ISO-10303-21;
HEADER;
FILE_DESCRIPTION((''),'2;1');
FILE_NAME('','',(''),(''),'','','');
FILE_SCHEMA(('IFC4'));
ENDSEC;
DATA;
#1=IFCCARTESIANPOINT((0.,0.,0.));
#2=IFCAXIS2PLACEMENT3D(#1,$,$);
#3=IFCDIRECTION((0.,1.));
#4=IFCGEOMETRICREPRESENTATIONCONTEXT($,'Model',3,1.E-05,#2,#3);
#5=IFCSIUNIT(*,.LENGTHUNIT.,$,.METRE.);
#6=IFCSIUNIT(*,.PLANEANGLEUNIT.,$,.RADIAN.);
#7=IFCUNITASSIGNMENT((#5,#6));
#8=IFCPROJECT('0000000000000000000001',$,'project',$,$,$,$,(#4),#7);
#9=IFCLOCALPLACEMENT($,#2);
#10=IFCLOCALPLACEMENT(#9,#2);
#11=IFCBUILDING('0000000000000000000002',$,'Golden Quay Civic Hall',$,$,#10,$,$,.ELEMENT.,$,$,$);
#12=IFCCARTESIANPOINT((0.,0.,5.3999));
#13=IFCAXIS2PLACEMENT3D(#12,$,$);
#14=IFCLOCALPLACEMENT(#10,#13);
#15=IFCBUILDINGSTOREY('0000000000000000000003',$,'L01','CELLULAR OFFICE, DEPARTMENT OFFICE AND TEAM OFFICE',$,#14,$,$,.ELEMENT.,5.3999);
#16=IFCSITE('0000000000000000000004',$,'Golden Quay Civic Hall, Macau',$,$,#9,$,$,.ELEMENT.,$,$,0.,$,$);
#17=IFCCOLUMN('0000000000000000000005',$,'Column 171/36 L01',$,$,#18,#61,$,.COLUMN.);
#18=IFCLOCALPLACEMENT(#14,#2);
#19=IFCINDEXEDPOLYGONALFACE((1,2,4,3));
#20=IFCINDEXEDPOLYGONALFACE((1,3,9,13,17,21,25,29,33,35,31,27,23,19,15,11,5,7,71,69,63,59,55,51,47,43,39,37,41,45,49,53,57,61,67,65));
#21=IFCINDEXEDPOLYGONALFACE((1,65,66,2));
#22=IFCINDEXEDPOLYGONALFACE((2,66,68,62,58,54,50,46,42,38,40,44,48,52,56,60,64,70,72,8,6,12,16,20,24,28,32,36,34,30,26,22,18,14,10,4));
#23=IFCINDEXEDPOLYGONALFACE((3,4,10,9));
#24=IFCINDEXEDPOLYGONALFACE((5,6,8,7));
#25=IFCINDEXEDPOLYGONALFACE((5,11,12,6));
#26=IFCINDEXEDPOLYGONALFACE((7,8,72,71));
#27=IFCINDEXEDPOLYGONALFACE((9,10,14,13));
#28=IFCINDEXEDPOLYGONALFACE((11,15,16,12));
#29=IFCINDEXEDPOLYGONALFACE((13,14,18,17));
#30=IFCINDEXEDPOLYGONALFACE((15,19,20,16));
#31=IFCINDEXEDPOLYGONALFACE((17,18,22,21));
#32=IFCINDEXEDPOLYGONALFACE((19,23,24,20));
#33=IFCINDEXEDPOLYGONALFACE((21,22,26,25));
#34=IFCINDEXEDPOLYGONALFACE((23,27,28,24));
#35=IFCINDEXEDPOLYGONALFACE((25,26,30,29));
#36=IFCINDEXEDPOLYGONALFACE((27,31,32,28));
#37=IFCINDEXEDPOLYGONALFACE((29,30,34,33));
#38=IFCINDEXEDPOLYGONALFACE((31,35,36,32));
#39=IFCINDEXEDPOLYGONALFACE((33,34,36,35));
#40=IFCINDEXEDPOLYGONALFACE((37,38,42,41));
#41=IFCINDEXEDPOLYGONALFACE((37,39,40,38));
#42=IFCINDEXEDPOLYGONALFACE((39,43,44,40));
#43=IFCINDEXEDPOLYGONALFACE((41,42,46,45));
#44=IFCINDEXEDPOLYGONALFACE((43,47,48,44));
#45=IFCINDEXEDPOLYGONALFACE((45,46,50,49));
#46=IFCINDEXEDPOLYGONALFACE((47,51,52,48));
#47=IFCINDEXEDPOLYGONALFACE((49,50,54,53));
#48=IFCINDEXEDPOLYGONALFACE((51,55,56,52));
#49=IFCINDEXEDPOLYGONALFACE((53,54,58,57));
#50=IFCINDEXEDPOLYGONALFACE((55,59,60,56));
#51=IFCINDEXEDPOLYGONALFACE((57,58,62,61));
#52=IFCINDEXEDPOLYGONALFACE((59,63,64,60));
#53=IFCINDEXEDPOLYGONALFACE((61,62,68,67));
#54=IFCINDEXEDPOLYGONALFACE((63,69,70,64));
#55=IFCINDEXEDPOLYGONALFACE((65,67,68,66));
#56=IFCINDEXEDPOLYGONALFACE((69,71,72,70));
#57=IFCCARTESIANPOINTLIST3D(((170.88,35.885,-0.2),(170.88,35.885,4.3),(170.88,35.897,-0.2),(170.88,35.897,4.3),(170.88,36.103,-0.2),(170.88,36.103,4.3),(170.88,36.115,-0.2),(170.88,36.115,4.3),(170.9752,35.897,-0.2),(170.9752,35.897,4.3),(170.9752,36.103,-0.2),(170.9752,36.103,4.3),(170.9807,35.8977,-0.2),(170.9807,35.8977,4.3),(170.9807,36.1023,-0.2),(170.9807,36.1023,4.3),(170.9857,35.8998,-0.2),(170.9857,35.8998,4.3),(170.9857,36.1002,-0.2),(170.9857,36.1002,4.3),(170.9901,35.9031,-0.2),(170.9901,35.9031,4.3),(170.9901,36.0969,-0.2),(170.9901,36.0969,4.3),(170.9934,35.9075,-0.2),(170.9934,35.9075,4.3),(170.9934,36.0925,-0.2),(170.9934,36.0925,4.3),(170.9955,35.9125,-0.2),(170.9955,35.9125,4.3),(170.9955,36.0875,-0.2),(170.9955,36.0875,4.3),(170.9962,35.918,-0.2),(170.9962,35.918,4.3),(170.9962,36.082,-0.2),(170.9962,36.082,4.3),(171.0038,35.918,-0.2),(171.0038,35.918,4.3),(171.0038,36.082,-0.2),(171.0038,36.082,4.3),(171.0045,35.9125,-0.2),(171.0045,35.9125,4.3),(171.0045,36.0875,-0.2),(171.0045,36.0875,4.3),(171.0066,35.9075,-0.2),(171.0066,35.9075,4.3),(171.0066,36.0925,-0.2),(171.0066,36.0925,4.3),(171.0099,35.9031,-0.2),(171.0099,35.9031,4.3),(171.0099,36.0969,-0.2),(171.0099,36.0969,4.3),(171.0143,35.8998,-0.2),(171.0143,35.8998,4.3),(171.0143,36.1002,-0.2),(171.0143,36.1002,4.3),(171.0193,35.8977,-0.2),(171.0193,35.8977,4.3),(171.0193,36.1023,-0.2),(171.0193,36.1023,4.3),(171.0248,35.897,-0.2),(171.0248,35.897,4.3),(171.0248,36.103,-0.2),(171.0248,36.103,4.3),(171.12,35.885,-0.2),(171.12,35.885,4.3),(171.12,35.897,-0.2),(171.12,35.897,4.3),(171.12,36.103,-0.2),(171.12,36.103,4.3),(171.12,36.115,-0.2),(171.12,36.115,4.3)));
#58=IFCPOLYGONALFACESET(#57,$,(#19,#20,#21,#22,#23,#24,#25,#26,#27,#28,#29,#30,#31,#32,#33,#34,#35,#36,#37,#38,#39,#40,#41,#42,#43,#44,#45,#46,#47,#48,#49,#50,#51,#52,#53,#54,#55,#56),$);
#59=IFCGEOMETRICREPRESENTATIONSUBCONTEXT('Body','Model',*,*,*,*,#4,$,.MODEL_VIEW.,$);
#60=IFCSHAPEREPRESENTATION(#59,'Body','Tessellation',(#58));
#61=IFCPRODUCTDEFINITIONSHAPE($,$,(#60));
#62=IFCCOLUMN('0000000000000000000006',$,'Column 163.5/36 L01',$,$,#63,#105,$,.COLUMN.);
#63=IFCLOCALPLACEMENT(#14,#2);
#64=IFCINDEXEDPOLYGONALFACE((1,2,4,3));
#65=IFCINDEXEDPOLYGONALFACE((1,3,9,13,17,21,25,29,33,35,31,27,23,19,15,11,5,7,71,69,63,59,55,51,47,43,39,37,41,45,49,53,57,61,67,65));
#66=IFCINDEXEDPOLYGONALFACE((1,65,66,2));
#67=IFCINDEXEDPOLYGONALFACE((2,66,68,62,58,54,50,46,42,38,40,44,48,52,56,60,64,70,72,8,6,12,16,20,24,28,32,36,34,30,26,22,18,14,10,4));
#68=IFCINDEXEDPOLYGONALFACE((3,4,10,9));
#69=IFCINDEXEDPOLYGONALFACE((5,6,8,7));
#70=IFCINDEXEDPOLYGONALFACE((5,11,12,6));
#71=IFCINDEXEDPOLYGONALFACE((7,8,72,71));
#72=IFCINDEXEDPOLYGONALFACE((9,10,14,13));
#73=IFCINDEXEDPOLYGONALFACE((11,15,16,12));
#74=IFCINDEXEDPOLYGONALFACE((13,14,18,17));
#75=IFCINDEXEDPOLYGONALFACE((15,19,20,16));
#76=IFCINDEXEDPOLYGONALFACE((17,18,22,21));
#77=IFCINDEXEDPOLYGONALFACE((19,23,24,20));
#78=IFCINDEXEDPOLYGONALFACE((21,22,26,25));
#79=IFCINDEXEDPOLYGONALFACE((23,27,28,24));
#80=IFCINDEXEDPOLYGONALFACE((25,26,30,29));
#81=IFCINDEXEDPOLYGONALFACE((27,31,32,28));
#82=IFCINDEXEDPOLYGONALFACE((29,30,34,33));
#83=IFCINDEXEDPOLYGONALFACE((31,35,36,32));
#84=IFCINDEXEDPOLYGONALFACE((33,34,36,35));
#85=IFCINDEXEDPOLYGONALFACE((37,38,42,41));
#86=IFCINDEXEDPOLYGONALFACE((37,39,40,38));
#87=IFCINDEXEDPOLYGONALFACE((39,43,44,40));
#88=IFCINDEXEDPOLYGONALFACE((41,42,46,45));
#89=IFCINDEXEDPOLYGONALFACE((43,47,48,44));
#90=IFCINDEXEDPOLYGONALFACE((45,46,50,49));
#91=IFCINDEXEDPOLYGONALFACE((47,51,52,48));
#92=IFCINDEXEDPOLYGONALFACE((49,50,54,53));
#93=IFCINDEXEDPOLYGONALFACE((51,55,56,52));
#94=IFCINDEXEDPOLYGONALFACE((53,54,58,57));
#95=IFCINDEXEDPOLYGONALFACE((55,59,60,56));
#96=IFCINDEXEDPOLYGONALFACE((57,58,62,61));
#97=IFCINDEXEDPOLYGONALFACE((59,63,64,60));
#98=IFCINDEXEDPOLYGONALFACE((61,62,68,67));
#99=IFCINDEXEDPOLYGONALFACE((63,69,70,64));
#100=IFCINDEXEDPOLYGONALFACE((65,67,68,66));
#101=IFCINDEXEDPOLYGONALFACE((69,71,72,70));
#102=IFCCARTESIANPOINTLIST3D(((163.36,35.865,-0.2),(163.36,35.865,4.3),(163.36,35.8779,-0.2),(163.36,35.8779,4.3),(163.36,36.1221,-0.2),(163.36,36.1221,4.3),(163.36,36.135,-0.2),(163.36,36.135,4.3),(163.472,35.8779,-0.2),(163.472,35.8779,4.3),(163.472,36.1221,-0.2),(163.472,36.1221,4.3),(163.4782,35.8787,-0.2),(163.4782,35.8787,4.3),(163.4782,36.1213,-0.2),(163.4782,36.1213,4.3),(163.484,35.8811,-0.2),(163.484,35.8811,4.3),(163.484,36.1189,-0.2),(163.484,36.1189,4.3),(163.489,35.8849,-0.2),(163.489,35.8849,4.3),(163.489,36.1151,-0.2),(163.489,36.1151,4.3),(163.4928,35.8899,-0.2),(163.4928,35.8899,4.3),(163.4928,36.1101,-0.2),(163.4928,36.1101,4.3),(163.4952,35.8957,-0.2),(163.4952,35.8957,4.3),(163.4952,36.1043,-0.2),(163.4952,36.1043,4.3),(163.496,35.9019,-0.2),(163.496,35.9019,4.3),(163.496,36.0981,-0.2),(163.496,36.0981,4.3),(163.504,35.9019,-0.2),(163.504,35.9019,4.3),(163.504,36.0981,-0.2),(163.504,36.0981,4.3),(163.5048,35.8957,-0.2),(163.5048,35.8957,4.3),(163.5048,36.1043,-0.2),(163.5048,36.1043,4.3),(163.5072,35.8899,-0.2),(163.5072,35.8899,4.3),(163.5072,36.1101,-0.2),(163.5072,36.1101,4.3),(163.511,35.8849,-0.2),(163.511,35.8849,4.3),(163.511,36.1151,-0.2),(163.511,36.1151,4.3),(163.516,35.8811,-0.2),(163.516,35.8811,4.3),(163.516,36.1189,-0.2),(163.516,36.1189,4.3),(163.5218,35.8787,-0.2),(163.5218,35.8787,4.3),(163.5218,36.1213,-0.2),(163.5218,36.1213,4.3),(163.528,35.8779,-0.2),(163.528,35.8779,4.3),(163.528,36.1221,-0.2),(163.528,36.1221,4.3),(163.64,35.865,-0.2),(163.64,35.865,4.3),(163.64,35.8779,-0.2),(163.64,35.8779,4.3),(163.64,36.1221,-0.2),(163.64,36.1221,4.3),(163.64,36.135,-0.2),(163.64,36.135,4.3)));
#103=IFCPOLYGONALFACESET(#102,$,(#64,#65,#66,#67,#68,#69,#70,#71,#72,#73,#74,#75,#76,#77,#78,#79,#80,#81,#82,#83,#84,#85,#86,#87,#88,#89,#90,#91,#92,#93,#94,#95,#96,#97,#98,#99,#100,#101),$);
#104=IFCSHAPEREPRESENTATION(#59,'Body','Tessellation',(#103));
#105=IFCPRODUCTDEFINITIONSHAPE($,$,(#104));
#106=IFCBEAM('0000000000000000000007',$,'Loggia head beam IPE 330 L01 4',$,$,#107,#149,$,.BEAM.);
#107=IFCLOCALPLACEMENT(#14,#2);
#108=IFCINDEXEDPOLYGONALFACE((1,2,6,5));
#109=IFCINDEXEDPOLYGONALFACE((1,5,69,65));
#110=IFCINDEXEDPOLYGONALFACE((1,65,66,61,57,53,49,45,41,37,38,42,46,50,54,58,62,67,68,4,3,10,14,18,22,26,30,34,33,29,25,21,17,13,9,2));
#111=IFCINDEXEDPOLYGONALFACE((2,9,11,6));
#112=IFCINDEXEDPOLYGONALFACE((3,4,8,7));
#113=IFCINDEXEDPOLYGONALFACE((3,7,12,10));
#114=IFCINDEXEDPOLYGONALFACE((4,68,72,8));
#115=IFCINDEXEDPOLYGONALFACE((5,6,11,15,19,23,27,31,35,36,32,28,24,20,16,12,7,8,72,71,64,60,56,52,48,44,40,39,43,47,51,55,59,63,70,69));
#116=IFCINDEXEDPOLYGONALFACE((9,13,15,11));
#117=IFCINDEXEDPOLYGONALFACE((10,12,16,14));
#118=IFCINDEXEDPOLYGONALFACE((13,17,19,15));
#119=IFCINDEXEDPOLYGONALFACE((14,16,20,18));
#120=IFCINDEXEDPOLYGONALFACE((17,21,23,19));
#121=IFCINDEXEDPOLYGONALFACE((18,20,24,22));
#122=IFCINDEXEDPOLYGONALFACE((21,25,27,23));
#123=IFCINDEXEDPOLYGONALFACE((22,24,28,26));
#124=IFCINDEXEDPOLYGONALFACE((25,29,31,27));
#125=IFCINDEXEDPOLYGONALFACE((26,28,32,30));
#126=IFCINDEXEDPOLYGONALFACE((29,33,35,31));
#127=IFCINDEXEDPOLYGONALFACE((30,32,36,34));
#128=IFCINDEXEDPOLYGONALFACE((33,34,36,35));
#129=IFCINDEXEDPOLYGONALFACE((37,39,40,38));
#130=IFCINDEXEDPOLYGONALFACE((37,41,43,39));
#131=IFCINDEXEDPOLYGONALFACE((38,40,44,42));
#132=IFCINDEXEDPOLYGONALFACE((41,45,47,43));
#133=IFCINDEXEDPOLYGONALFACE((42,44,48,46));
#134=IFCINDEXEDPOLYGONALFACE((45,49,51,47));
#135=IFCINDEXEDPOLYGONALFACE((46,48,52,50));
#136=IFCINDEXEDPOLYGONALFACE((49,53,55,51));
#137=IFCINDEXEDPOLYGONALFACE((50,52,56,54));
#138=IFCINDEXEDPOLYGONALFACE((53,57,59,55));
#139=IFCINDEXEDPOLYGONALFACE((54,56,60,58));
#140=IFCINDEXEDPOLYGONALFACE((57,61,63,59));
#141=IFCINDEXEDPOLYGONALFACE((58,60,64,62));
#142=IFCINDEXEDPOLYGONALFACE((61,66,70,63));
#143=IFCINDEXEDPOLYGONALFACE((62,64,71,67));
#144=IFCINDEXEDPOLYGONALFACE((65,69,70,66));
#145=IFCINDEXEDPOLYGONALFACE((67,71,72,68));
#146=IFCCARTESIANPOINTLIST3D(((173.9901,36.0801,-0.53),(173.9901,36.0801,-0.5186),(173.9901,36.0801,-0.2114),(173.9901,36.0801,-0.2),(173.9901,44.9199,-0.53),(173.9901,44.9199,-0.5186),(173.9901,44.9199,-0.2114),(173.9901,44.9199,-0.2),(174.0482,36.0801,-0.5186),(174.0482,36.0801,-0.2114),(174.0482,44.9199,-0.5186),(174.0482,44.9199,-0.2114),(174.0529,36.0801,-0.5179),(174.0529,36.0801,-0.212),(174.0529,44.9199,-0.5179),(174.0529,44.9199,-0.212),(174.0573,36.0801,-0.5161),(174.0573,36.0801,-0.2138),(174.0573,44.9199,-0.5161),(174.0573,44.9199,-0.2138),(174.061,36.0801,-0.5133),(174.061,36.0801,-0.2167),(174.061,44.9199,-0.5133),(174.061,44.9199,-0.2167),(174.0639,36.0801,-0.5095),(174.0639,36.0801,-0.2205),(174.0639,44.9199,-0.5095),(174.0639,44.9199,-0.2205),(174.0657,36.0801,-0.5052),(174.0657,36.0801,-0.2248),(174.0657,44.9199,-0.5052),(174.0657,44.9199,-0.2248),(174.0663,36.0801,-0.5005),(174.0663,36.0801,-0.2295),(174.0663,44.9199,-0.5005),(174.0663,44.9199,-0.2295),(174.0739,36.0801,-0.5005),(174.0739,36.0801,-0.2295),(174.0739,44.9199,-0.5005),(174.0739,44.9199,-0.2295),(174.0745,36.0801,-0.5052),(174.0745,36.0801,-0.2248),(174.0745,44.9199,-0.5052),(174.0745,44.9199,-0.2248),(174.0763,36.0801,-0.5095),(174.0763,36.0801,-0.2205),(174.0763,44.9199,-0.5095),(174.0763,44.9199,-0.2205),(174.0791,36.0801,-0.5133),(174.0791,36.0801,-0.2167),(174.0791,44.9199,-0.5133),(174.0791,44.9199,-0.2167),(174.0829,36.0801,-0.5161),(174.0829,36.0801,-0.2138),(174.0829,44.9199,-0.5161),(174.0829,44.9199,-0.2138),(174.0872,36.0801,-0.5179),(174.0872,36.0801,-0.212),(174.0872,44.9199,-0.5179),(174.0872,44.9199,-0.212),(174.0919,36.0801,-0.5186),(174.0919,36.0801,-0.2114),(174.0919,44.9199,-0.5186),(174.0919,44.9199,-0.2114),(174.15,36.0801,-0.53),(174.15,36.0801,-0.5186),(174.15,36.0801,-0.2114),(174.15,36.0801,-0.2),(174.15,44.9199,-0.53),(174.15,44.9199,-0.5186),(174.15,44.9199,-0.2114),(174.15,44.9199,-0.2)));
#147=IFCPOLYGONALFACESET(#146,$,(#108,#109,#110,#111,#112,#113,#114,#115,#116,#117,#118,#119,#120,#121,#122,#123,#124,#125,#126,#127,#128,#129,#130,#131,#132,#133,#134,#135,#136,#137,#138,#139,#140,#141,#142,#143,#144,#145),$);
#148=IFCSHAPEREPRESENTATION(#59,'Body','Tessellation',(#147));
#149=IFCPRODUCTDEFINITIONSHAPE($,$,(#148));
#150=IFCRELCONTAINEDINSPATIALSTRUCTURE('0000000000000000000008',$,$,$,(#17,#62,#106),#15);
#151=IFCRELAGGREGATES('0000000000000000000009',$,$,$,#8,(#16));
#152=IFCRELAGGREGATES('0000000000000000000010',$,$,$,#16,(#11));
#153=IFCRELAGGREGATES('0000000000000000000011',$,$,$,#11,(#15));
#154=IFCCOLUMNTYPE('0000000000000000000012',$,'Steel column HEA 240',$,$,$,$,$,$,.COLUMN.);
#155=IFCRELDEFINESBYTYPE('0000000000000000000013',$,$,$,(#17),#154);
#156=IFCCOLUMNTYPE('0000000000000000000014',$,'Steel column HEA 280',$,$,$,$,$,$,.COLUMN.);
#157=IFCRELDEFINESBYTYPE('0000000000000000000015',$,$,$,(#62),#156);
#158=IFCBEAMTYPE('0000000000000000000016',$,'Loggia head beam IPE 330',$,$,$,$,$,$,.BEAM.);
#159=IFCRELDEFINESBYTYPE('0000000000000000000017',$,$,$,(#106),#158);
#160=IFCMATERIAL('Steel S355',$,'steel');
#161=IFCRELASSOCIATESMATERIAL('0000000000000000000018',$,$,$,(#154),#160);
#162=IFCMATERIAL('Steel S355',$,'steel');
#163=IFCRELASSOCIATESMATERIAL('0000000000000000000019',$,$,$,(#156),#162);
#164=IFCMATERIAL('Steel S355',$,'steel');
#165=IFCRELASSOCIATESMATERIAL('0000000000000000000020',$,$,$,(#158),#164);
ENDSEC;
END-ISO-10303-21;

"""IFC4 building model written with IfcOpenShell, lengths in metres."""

from ifc_helpers import new_model, si_unit, direction, frame, origin, origin_2d, place, context, subcontext, project, spatial, i_section, extrude, material, material_profile, profile_set, type_object, element, save


model = new_model("IFC4")

# Units and contexts
model_context = context("Model", 3, precision=1e-05, world=origin(), true_north=direction((0.0, 1.0)))
body_context = subcontext(model_context, "Body", "Model", "MODEL_VIEW")
ifc_project = project(units=[si_unit("LENGTHUNIT", "METRE"), si_unit("PLANEANGLEUNIT", "RADIAN")], contexts=[model_context])

# Site, building, storey
site_placement = place(None, origin())
site = spatial("IfcSite", under=ifc_project, at=site_placement, Name="Golden Quay Civic Hall, Macau", CompositionType="ELEMENT", RefElevation=0.0)
building_placement = place(site_placement, origin())
building = spatial("IfcBuilding", under=site, at=building_placement, Name="Golden Quay Civic Hall", CompositionType="ELEMENT")
storey_placement = place(building_placement, frame((0.0, 0.0, 5.3999)))
storey = spatial("IfcBuildingStorey", under=building, at=storey_placement, Name="L01", Description="CELLULAR OFFICE, DEPARTMENT OFFICE AND TEAM OFFICE", CompositionType="ELEMENT", Elevation=5.3999)

# Columns
ifc_material_1 = material(Name="Steel S355", Category="steel")
ifc_material_profile_1 = material_profile(ifc_material_1, i_section(OverallWidth=0.24, OverallDepth=0.23, WebThickness=0.0076, FlangeThickness=0.012, FilletRadius=0.021, at=origin_2d()), Name="HEA 240")
ifc_profile_set_1 = profile_set([ifc_material_profile_1], Name="Steel S355")
column_type_1 = type_object("IfcColumnType", Name="Steel column HEA 240", PredefinedType="COLUMN", material=ifc_profile_set_1)
column_1_placement = place(storey_placement, frame((171.0, 36.0, -0.2), z_axis=(0.0, 0.0, 1.0), x_axis=(1.0, 0.0, 0.0)))
element("IfcColumn", 1, at=column_1_placement, inside=storey, type_object=column_type_1, Name="Column 171/36 L01", PredefinedType="COLUMN", context=body_context, shape_type="SweptSolid", body=[
    extrude(i_section(OverallWidth=0.24, OverallDepth=0.23, WebThickness=0.0076, FlangeThickness=0.012, FilletRadius=0.021, at=origin_2d()), origin(), (0.0, 0.0, 1.0), 4.5),
])
ifc_material_2 = material(Name="Steel S355", Category="steel")
ifc_material_profile_2 = material_profile(ifc_material_2, i_section(OverallWidth=0.28, OverallDepth=0.27, WebThickness=0.0081, FlangeThickness=0.0129, FilletRadius=0.0239, at=origin_2d()), Name="HEA 280")
ifc_profile_set_2 = profile_set([ifc_material_profile_2], Name="Steel S355")
column_type_2 = type_object("IfcColumnType", Name="Steel column HEA 280", PredefinedType="COLUMN", material=ifc_profile_set_2)
column_2_placement = place(storey_placement, frame((163.5, 36.0, -0.2), z_axis=(0.0, 0.0, 1.0), x_axis=(1.0, 0.0, 0.0)))
element("IfcColumn", 2, at=column_2_placement, inside=storey, type_object=column_type_2, Name="Column 163.5/36 L01", PredefinedType="COLUMN", context=body_context, shape_type="SweptSolid", body=[
    extrude(i_section(OverallWidth=0.28, OverallDepth=0.27, WebThickness=0.0081, FlangeThickness=0.0129, FilletRadius=0.0239, at=origin_2d()), origin(), (0.0, 0.0, 1.0), 4.5),
])

# Beam
ifc_material_3 = material(Name="Steel S355", Category="steel")
ifc_material_profile_3 = material_profile(ifc_material_3, i_section(OverallWidth=0.1599, OverallDepth=0.3301, WebThickness=0.0076, FlangeThickness=0.0115, FilletRadius=0.0181, at=origin_2d()), Name="IPE 330")
ifc_profile_set_3 = profile_set([ifc_material_profile_3], Name="Steel S355")
beam_type_1 = type_object("IfcBeamType", Name="Loggia head beam IPE 330", PredefinedType="BEAM", material=ifc_profile_set_3)
beam_1_placement = place(storey_placement, frame((174.0701, 36.0801, -0.365), z_axis=(0.0, 1.0, 0.0), x_axis=(-1.0, 0.0, 0.0)))
element("IfcBeam", 3, at=beam_1_placement, inside=storey, type_object=beam_type_1, Name="Loggia head beam IPE 330 L01 4", PredefinedType="BEAM", context=body_context, shape_type="SweptSolid", body=[
    extrude(i_section(OverallWidth=0.1599, OverallDepth=0.3301, WebThickness=0.0076, FlangeThickness=0.0115, FilletRadius=0.0181, at=origin_2d()), origin(), (0.0, 0.0, 1.0), 8.8398),
])

save(model, "model.ifc")
